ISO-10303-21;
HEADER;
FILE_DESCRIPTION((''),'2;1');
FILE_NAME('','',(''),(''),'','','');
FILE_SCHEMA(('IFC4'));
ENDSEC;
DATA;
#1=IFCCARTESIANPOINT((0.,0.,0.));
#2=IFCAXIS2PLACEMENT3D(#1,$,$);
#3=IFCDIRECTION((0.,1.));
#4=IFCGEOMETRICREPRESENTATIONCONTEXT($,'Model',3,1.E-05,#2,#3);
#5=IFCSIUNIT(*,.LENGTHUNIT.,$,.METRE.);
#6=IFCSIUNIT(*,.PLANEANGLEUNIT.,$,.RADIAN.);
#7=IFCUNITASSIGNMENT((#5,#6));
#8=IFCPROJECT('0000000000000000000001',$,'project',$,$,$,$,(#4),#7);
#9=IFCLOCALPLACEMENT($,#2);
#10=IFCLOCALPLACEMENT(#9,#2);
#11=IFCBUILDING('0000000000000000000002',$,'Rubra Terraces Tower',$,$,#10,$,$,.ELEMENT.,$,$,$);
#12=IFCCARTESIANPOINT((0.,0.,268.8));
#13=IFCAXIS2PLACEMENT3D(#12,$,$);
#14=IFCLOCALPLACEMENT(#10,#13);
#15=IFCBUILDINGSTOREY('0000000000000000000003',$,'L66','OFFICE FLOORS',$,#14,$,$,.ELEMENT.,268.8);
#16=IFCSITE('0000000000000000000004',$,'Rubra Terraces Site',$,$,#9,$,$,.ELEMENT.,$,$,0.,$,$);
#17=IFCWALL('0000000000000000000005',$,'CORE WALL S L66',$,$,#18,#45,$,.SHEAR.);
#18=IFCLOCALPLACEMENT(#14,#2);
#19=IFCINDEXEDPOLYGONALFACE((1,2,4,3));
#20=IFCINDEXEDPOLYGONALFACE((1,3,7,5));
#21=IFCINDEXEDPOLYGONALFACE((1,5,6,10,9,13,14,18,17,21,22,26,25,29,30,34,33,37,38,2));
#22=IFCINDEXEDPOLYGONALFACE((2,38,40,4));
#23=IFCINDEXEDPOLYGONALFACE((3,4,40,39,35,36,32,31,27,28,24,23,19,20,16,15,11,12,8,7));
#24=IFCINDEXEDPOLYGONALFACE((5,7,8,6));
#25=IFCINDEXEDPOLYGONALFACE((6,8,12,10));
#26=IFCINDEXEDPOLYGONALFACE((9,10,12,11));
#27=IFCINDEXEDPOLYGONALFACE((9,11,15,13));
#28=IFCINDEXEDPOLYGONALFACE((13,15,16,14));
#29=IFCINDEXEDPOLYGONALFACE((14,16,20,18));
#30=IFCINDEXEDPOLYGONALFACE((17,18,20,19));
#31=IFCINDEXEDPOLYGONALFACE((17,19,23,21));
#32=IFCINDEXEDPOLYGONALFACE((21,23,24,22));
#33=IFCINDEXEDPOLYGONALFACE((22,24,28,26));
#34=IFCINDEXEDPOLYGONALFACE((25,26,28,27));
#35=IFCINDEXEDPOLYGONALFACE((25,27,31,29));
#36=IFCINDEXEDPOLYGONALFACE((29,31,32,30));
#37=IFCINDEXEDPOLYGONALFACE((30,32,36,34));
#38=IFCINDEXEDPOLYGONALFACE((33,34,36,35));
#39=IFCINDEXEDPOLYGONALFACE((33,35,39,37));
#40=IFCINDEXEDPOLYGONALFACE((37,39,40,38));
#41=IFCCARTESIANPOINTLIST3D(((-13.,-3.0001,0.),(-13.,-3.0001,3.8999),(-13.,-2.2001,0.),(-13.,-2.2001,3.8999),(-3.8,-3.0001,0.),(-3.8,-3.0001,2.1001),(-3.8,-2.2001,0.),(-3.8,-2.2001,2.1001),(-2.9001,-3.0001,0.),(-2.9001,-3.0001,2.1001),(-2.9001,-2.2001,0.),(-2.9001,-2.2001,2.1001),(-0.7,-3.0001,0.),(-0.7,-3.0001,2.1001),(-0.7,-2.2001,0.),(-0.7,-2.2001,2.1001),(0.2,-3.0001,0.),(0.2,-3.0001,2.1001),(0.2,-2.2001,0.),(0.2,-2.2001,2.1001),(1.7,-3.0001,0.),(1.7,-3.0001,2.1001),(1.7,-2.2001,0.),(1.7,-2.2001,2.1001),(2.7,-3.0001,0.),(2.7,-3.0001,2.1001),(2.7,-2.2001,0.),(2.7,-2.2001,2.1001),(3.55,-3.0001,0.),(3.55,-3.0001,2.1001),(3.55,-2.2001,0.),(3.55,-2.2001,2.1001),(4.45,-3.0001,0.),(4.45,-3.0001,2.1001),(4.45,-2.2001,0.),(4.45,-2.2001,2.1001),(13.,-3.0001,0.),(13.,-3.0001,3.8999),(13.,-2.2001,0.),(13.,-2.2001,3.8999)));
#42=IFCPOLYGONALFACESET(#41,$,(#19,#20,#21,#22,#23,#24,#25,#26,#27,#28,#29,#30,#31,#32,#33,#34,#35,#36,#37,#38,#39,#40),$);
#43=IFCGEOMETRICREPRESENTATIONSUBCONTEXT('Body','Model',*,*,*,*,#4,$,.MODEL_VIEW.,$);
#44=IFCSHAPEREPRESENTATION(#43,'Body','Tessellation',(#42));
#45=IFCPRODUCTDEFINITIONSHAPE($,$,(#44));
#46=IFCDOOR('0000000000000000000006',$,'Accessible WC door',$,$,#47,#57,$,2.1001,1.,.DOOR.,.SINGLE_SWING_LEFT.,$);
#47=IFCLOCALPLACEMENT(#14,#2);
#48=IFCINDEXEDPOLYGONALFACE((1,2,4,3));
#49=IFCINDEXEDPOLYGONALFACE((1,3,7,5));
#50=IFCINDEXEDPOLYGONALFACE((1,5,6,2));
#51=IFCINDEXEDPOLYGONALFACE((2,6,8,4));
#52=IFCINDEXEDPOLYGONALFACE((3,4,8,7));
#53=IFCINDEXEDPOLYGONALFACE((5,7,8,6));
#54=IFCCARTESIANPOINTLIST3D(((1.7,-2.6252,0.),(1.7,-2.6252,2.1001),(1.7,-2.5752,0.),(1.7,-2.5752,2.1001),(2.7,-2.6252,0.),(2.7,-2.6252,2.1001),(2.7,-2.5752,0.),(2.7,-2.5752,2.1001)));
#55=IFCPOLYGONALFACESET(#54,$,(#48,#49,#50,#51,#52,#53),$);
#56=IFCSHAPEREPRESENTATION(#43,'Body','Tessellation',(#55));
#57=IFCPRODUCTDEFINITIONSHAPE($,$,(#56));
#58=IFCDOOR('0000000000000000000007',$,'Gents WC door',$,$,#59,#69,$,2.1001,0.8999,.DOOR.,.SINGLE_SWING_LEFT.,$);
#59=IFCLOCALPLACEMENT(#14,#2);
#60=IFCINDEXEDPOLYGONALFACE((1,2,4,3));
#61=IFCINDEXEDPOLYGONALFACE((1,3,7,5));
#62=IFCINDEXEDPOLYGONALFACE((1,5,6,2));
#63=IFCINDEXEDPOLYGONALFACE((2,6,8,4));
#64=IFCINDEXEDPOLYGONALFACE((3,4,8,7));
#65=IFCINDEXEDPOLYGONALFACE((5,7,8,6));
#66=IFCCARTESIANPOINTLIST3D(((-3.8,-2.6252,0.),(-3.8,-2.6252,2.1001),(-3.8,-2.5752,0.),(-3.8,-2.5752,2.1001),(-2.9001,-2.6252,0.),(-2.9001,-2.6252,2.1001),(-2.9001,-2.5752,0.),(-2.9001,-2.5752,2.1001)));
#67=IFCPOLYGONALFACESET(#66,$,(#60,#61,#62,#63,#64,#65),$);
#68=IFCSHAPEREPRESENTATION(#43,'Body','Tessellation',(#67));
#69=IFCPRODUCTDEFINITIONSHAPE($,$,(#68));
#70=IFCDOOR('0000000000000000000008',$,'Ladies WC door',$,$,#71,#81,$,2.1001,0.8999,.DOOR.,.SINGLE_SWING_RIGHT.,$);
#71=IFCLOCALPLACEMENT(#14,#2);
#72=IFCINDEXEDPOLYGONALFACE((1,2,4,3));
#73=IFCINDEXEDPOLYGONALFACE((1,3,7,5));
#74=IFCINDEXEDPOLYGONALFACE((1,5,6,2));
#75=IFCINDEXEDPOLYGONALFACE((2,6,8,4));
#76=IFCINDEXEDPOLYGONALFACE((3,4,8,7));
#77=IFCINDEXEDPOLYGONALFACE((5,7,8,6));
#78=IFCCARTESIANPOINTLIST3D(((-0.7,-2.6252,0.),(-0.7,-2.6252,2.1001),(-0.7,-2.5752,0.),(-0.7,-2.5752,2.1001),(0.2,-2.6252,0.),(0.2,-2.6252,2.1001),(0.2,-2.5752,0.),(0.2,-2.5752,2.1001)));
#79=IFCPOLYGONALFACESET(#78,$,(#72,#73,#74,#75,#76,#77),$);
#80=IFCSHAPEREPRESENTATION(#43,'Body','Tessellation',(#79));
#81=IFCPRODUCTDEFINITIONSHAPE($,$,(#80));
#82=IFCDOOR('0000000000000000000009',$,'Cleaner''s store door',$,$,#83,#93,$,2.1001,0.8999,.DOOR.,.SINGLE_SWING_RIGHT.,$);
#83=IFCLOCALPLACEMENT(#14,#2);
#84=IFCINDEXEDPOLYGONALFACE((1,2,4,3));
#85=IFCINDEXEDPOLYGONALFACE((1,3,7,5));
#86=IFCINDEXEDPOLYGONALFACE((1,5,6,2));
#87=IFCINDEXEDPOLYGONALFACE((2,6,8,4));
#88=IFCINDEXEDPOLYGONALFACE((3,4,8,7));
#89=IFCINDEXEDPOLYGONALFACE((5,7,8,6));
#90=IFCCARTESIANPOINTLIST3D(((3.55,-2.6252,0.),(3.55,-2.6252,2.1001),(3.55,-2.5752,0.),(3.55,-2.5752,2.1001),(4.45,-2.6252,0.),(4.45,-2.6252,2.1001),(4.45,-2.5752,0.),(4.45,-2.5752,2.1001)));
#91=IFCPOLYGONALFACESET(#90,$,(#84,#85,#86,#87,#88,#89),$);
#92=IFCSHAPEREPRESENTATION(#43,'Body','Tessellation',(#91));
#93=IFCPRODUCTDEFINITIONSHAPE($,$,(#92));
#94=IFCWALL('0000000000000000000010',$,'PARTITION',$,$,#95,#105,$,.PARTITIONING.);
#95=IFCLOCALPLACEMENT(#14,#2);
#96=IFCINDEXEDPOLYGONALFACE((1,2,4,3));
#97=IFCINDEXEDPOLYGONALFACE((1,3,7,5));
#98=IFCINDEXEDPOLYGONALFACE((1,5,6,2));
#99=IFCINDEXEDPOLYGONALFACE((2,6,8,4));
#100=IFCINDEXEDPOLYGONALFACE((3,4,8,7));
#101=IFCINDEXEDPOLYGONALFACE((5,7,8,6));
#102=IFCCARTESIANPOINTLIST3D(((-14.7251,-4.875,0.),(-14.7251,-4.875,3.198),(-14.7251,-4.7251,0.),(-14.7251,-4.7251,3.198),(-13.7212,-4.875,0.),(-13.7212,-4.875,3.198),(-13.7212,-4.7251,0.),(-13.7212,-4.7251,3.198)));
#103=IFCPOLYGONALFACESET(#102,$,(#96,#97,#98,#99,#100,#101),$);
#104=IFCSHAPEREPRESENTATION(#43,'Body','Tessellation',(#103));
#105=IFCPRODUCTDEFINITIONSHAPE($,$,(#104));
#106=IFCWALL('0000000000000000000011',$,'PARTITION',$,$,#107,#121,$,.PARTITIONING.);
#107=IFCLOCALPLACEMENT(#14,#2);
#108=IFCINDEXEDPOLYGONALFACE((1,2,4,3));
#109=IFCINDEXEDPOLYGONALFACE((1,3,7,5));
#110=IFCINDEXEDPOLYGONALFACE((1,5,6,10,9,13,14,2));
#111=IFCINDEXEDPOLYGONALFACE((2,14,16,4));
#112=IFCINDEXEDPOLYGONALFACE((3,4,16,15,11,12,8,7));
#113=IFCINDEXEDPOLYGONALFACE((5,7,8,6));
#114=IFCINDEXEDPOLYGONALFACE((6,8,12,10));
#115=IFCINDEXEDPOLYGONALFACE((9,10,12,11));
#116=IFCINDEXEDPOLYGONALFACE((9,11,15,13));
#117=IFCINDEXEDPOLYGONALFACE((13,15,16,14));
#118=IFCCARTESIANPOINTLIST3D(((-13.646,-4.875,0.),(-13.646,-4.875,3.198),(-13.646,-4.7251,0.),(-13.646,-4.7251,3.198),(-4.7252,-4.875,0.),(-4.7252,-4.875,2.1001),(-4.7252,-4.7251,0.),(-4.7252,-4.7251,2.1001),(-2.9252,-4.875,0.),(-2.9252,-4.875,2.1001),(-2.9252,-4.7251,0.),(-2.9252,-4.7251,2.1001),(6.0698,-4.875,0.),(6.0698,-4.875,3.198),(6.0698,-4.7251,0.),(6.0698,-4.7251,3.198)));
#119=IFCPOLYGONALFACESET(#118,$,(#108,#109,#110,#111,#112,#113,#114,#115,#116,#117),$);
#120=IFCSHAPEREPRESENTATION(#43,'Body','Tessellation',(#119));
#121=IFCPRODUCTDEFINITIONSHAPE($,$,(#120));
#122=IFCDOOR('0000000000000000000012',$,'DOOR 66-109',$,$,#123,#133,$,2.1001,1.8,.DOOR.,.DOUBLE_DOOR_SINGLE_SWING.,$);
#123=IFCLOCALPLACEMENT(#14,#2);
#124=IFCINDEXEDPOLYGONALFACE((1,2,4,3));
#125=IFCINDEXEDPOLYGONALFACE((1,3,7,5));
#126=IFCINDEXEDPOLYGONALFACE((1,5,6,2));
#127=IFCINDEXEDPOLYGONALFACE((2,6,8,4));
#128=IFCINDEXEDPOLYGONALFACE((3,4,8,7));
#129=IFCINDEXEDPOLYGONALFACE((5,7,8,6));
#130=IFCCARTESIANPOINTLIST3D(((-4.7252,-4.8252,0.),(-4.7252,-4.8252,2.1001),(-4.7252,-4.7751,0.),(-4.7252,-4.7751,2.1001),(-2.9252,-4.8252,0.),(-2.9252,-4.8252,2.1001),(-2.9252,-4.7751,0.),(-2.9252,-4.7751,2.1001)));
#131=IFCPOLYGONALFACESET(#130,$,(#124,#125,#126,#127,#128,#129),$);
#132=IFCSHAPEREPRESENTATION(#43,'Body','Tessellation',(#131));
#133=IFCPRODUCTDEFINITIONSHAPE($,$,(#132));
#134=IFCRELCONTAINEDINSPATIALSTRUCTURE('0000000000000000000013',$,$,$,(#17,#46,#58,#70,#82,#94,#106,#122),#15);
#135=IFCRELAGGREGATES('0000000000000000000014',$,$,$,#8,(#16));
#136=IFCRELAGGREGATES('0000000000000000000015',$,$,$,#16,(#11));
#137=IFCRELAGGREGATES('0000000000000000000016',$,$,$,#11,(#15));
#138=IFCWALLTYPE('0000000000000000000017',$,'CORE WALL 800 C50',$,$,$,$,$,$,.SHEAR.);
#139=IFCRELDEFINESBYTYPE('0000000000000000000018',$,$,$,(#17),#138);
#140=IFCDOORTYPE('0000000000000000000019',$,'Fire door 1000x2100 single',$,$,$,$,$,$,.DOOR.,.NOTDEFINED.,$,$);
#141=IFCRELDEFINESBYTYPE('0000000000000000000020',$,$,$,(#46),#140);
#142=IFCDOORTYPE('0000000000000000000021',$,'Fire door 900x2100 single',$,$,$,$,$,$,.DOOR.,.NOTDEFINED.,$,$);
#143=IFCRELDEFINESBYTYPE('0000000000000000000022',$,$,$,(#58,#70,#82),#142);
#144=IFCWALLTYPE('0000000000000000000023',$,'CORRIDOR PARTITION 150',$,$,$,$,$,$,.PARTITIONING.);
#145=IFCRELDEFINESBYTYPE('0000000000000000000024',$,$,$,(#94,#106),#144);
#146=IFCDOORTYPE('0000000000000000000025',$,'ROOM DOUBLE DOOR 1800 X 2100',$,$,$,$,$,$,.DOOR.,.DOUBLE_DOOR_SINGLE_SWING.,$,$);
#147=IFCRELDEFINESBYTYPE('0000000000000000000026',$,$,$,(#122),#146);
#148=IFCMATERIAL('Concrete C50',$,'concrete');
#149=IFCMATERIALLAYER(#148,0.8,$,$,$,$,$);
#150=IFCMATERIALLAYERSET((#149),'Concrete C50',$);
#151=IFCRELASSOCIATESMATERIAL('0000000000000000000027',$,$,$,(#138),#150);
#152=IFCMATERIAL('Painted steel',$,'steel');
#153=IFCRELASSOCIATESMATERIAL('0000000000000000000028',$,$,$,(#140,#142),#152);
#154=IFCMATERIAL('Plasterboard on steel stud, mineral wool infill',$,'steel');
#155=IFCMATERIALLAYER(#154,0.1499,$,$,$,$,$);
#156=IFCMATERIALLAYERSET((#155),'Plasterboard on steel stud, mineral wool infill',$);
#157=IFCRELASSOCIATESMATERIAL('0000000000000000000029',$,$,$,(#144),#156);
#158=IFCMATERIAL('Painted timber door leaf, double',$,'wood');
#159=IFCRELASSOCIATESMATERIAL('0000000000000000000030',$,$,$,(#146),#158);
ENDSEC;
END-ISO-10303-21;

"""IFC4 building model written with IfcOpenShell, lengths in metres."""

from ifc_helpers import new_model, si_unit, direction, frame, frame_2d, origin, place, context, subcontext, project, spatial, rectangle, extrude, material, layer, layer_set, type_object, element, fill, save


model = new_model("IFC4")

# Units and contexts
model_context = context("Model", 3, precision=1e-05, world=origin(), true_north=direction((0.0, 1.0)))
body_context = subcontext(model_context, "Body", "Model", "MODEL_VIEW")
ifc_project = project(units=[si_unit("LENGTHUNIT", "METRE"), si_unit("PLANEANGLEUNIT", "RADIAN")], contexts=[model_context])

# Site, building, storey
site_placement = place(None, origin())
site = spatial("IfcSite", under=ifc_project, at=site_placement, Name="Rubra Terraces Site", CompositionType="ELEMENT", RefElevation=0.0)
building_placement = place(site_placement, origin())
building = spatial("IfcBuilding", under=site, at=building_placement, Name="Rubra Terraces Tower", CompositionType="ELEMENT")
storey_placement = place(building_placement, frame((0.0, 0.0, 268.8)))
storey = spatial("IfcBuildingStorey", under=building, at=storey_placement, Name="L66", Description="OFFICE FLOORS", CompositionType="ELEMENT", Elevation=268.8)

# Shared definitions
ifc_material_1 = material(Name="Concrete C50", Category="concrete")

# Wall, openings, doors
ifc_layer_1 = layer(ifc_material_1, 0.8)
ifc_layer_set_1 = layer_set([ifc_layer_1], Name="Concrete C50")
wall_type_1 = type_object("IfcWallType", Name="CORE WALL 800 C50", PredefinedType="SHEAR", material=ifc_layer_set_1)
wall_1_placement = place(storey_placement, frame((-13.0, -2.6001, 0.0), z_axis=(0.0, 0.0, 1.0), x_axis=(1.0, 0.0, 0.0)))
wall_1 = element("IfcWall", 1, at=wall_1_placement, inside=storey, type_object=wall_type_1, Name="CORE WALL S L66", PredefinedType="SHEAR", context=body_context, shape_type="SweptSolid", body=[
    extrude(rectangle(XDim=26.0, YDim=0.8, at=frame_2d((13.0, 0.0))), origin(), (0.0, 0.0, 1.0), 3.8999),
])
opening_1_placement = place(wall_1_placement, frame((9.2, 0.0, 0.0)))
opening_1 = element("IfcOpeningElement", 2, at=opening_1_placement, cuts=wall_1, PredefinedType="OPENING", context=body_context, shape_type="SweptSolid", body=[
    extrude(rectangle(XDim=0.8999, YDim=2.1001, at=frame_2d((0.45, 1.05))), frame((0.0, 0.4099, 0.0), z_axis=(0.0, -1.0, 0.0), x_axis=(1.0, 0.0, 0.0)), (0.0, 0.0, 1.0), 0.8201),
])
opening_2_placement = place(wall_1_placement, frame((12.3, 0.0, 0.0)))
opening_2 = element("IfcOpeningElement", 3, at=opening_2_placement, cuts=wall_1, PredefinedType="OPENING", context=body_context, shape_type="SweptSolid", body=[
    extrude(rectangle(XDim=0.8999, YDim=2.1001, at=frame_2d((0.45, 1.05))), frame((0.0, 0.4099, 0.0), z_axis=(0.0, -1.0, 0.0), x_axis=(1.0, 0.0, 0.0)), (0.0, 0.0, 1.0), 0.8201),
])
opening_3_placement = place(wall_1_placement, frame((14.7, 0.0, 0.0)))
opening_3 = element("IfcOpeningElement", 4, at=opening_3_placement, cuts=wall_1, PredefinedType="OPENING", context=body_context, shape_type="SweptSolid", body=[
    extrude(rectangle(XDim=1.0, YDim=2.1001, at=frame_2d((0.5, 1.05))), frame((0.0, 0.4099, 0.0), z_axis=(0.0, -1.0, 0.0), x_axis=(1.0, 0.0, 0.0)), (0.0, 0.0, 1.0), 0.8201),
])
opening_4_placement = place(wall_1_placement, frame((16.55, 0.0, 0.0)))
opening_4 = element("IfcOpeningElement", 5, at=opening_4_placement, cuts=wall_1, PredefinedType="OPENING", context=body_context, shape_type="SweptSolid", body=[
    extrude(rectangle(XDim=0.8999, YDim=2.1001, at=frame_2d((0.45, 1.05))), frame((0.0, 0.4099, 0.0), z_axis=(0.0, -1.0, 0.0), x_axis=(1.0, 0.0, 0.0)), (0.0, 0.0, 1.0), 0.8201),
])
ifc_material_2 = material(Name="Painted steel", Category="steel")
door_type_1 = type_object("IfcDoorType", Name="Fire door 1000x2100 single", OperationType="NOTDEFINED", PredefinedType="DOOR", material=ifc_material_2)
door_1_placement = place(opening_3_placement, origin())
door_1 = element("IfcDoor", 6, at=door_1_placement, inside=storey, type_object=door_type_1, Name="Accessible WC door", OperationType="SINGLE_SWING_LEFT", OverallHeight=2.1001, OverallWidth=1.0, PredefinedType="DOOR", context=body_context, shape_type="SweptSolid", body=[
    extrude(rectangle(XDim=1.0, YDim=2.1001, at=frame_2d((0.5, 1.05))), frame((0.0, 0.0249, 0.0), z_axis=(0.0, -1.0, 0.0), x_axis=(1.0, 0.0, 0.0)), (0.0, 0.0, 1.0), 0.05),
])
fill(opening_3, door_1)
door_type_2 = type_object("IfcDoorType", Name="Fire door 900x2100 single", OperationType="NOTDEFINED", PredefinedType="DOOR", material=ifc_material_2)
door_2_placement = place(opening_1_placement, origin())
door_2 = element("IfcDoor", 7, at=door_2_placement, inside=storey, type_object=door_type_2, Name="Gents WC door", OperationType="SINGLE_SWING_LEFT", OverallHeight=2.1001, OverallWidth=0.8999, PredefinedType="DOOR", context=body_context, shape_type="SweptSolid", body=[
    extrude(rectangle(XDim=0.8999, YDim=2.1001, at=frame_2d((0.45, 1.05))), frame((0.0, 0.0249, 0.0), z_axis=(0.0, -1.0, 0.0), x_axis=(1.0, 0.0, 0.0)), (0.0, 0.0, 1.0), 0.05),
])
fill(opening_1, door_2)
door_3_placement = place(opening_2_placement, origin())
door_3 = element("IfcDoor", 8, at=door_3_placement, inside=storey, type_object=door_type_2, Name="Ladies WC door", OperationType="SINGLE_SWING_RIGHT", OverallHeight=2.1001, OverallWidth=0.8999, PredefinedType="DOOR", context=body_context, shape_type="SweptSolid", body=[
    extrude(rectangle(XDim=0.8999, YDim=2.1001, at=frame_2d((0.45, 1.05))), frame((0.0, 0.0249, 0.0), z_axis=(0.0, -1.0, 0.0), x_axis=(1.0, 0.0, 0.0)), (0.0, 0.0, 1.0), 0.05),
])
fill(opening_2, door_3)
door_4_placement = place(opening_4_placement, origin())
door_4 = element("IfcDoor", 9, at=door_4_placement, inside=storey, type_object=door_type_2, Name="Cleaner's store door", OperationType="SINGLE_SWING_RIGHT", OverallHeight=2.1001, OverallWidth=0.8999, PredefinedType="DOOR", context=body_context, shape_type="SweptSolid", body=[
    extrude(rectangle(XDim=0.8999, YDim=2.1001, at=frame_2d((0.45, 1.05))), frame((0.0, 0.0249, 0.0), z_axis=(0.0, -1.0, 0.0), x_axis=(1.0, 0.0, 0.0)), (0.0, 0.0, 1.0), 0.05),
])
fill(opening_4, door_4)

# Wall
ifc_material_3 = material(Name="Plasterboard on steel stud, mineral wool infill", Category="steel")
ifc_layer_2 = layer(ifc_material_3, 0.1499)
ifc_layer_set_2 = layer_set([ifc_layer_2], Name="Plasterboard on steel stud, mineral wool infill")
wall_type_2 = type_object("IfcWallType", Name="CORRIDOR PARTITION 150", PredefinedType="PARTITIONING", material=ifc_layer_set_2)
wall_2_placement = place(storey_placement, frame((-14.7251, -4.8, 0.0), z_axis=(0.0, 0.0, 1.0), x_axis=(1.0, 0.0, 0.0)))
element("IfcWall", 10, at=wall_2_placement, inside=storey, type_object=wall_type_2, Name="PARTITION", PredefinedType="PARTITIONING", context=body_context, shape_type="SweptSolid", body=[
    extrude(rectangle(XDim=1.0039, YDim=0.1499, at=frame_2d((0.502, 0.0))), origin(), (0.0, 0.0, 1.0), 3.198),
])

# Wall, opening, door
wall_3_placement = place(storey_placement, frame((-13.646, -4.8, 0.0), z_axis=(0.0, 0.0, 1.0), x_axis=(1.0, 0.0, 0.0)))
wall_3 = element("IfcWall", 11, at=wall_3_placement, inside=storey, type_object=wall_type_2, Name="PARTITION", PredefinedType="PARTITIONING", context=body_context, shape_type="SweptSolid", body=[
    extrude(rectangle(XDim=19.7158, YDim=0.1499, at=frame_2d((9.8579, 0.0))), origin(), (0.0, 0.0, 1.0), 3.198),
])
opening_5_placement = place(wall_3_placement, frame((8.9209, 0.0, 0.0)))
opening_5 = element("IfcOpeningElement", 12, at=opening_5_placement, cuts=wall_3, PredefinedType="OPENING", context=body_context, shape_type="SweptSolid", body=[
    extrude(rectangle(XDim=1.8, YDim=2.1001, at=frame_2d((0.8999, 1.05))), frame((0.0, 0.085, 0.0), z_axis=(0.0, -1.0, 0.0), x_axis=(1.0, 0.0, 0.0)), (0.0, 0.0, 1.0), 0.1699),
])
ifc_material_4 = material(Name="Painted timber door leaf, double", Category="wood")
door_type_3 = type_object("IfcDoorType", Name="ROOM DOUBLE DOOR 1800 X 2100", OperationType="DOUBLE_DOOR_SINGLE_SWING", PredefinedType="DOOR", material=ifc_material_4)
door_5_placement = place(opening_5_placement, origin())
door_5 = element("IfcDoor", 13, at=door_5_placement, inside=storey, type_object=door_type_3, Name="DOOR 66-109", OperationType="DOUBLE_DOOR_SINGLE_SWING", OverallHeight=2.1001, OverallWidth=1.8, PredefinedType="DOOR", context=body_context, shape_type="SweptSolid", body=[
    extrude(rectangle(XDim=1.8, YDim=2.1001, at=frame_2d((0.8999, 1.05))), frame((0.0, 0.0249, 0.0), z_axis=(0.0, -1.0, 0.0), x_axis=(1.0, 0.0, 0.0)), (0.0, 0.0, 1.0), 0.05),
])
fill(opening_5, door_5)

save(model, "model.ifc")
